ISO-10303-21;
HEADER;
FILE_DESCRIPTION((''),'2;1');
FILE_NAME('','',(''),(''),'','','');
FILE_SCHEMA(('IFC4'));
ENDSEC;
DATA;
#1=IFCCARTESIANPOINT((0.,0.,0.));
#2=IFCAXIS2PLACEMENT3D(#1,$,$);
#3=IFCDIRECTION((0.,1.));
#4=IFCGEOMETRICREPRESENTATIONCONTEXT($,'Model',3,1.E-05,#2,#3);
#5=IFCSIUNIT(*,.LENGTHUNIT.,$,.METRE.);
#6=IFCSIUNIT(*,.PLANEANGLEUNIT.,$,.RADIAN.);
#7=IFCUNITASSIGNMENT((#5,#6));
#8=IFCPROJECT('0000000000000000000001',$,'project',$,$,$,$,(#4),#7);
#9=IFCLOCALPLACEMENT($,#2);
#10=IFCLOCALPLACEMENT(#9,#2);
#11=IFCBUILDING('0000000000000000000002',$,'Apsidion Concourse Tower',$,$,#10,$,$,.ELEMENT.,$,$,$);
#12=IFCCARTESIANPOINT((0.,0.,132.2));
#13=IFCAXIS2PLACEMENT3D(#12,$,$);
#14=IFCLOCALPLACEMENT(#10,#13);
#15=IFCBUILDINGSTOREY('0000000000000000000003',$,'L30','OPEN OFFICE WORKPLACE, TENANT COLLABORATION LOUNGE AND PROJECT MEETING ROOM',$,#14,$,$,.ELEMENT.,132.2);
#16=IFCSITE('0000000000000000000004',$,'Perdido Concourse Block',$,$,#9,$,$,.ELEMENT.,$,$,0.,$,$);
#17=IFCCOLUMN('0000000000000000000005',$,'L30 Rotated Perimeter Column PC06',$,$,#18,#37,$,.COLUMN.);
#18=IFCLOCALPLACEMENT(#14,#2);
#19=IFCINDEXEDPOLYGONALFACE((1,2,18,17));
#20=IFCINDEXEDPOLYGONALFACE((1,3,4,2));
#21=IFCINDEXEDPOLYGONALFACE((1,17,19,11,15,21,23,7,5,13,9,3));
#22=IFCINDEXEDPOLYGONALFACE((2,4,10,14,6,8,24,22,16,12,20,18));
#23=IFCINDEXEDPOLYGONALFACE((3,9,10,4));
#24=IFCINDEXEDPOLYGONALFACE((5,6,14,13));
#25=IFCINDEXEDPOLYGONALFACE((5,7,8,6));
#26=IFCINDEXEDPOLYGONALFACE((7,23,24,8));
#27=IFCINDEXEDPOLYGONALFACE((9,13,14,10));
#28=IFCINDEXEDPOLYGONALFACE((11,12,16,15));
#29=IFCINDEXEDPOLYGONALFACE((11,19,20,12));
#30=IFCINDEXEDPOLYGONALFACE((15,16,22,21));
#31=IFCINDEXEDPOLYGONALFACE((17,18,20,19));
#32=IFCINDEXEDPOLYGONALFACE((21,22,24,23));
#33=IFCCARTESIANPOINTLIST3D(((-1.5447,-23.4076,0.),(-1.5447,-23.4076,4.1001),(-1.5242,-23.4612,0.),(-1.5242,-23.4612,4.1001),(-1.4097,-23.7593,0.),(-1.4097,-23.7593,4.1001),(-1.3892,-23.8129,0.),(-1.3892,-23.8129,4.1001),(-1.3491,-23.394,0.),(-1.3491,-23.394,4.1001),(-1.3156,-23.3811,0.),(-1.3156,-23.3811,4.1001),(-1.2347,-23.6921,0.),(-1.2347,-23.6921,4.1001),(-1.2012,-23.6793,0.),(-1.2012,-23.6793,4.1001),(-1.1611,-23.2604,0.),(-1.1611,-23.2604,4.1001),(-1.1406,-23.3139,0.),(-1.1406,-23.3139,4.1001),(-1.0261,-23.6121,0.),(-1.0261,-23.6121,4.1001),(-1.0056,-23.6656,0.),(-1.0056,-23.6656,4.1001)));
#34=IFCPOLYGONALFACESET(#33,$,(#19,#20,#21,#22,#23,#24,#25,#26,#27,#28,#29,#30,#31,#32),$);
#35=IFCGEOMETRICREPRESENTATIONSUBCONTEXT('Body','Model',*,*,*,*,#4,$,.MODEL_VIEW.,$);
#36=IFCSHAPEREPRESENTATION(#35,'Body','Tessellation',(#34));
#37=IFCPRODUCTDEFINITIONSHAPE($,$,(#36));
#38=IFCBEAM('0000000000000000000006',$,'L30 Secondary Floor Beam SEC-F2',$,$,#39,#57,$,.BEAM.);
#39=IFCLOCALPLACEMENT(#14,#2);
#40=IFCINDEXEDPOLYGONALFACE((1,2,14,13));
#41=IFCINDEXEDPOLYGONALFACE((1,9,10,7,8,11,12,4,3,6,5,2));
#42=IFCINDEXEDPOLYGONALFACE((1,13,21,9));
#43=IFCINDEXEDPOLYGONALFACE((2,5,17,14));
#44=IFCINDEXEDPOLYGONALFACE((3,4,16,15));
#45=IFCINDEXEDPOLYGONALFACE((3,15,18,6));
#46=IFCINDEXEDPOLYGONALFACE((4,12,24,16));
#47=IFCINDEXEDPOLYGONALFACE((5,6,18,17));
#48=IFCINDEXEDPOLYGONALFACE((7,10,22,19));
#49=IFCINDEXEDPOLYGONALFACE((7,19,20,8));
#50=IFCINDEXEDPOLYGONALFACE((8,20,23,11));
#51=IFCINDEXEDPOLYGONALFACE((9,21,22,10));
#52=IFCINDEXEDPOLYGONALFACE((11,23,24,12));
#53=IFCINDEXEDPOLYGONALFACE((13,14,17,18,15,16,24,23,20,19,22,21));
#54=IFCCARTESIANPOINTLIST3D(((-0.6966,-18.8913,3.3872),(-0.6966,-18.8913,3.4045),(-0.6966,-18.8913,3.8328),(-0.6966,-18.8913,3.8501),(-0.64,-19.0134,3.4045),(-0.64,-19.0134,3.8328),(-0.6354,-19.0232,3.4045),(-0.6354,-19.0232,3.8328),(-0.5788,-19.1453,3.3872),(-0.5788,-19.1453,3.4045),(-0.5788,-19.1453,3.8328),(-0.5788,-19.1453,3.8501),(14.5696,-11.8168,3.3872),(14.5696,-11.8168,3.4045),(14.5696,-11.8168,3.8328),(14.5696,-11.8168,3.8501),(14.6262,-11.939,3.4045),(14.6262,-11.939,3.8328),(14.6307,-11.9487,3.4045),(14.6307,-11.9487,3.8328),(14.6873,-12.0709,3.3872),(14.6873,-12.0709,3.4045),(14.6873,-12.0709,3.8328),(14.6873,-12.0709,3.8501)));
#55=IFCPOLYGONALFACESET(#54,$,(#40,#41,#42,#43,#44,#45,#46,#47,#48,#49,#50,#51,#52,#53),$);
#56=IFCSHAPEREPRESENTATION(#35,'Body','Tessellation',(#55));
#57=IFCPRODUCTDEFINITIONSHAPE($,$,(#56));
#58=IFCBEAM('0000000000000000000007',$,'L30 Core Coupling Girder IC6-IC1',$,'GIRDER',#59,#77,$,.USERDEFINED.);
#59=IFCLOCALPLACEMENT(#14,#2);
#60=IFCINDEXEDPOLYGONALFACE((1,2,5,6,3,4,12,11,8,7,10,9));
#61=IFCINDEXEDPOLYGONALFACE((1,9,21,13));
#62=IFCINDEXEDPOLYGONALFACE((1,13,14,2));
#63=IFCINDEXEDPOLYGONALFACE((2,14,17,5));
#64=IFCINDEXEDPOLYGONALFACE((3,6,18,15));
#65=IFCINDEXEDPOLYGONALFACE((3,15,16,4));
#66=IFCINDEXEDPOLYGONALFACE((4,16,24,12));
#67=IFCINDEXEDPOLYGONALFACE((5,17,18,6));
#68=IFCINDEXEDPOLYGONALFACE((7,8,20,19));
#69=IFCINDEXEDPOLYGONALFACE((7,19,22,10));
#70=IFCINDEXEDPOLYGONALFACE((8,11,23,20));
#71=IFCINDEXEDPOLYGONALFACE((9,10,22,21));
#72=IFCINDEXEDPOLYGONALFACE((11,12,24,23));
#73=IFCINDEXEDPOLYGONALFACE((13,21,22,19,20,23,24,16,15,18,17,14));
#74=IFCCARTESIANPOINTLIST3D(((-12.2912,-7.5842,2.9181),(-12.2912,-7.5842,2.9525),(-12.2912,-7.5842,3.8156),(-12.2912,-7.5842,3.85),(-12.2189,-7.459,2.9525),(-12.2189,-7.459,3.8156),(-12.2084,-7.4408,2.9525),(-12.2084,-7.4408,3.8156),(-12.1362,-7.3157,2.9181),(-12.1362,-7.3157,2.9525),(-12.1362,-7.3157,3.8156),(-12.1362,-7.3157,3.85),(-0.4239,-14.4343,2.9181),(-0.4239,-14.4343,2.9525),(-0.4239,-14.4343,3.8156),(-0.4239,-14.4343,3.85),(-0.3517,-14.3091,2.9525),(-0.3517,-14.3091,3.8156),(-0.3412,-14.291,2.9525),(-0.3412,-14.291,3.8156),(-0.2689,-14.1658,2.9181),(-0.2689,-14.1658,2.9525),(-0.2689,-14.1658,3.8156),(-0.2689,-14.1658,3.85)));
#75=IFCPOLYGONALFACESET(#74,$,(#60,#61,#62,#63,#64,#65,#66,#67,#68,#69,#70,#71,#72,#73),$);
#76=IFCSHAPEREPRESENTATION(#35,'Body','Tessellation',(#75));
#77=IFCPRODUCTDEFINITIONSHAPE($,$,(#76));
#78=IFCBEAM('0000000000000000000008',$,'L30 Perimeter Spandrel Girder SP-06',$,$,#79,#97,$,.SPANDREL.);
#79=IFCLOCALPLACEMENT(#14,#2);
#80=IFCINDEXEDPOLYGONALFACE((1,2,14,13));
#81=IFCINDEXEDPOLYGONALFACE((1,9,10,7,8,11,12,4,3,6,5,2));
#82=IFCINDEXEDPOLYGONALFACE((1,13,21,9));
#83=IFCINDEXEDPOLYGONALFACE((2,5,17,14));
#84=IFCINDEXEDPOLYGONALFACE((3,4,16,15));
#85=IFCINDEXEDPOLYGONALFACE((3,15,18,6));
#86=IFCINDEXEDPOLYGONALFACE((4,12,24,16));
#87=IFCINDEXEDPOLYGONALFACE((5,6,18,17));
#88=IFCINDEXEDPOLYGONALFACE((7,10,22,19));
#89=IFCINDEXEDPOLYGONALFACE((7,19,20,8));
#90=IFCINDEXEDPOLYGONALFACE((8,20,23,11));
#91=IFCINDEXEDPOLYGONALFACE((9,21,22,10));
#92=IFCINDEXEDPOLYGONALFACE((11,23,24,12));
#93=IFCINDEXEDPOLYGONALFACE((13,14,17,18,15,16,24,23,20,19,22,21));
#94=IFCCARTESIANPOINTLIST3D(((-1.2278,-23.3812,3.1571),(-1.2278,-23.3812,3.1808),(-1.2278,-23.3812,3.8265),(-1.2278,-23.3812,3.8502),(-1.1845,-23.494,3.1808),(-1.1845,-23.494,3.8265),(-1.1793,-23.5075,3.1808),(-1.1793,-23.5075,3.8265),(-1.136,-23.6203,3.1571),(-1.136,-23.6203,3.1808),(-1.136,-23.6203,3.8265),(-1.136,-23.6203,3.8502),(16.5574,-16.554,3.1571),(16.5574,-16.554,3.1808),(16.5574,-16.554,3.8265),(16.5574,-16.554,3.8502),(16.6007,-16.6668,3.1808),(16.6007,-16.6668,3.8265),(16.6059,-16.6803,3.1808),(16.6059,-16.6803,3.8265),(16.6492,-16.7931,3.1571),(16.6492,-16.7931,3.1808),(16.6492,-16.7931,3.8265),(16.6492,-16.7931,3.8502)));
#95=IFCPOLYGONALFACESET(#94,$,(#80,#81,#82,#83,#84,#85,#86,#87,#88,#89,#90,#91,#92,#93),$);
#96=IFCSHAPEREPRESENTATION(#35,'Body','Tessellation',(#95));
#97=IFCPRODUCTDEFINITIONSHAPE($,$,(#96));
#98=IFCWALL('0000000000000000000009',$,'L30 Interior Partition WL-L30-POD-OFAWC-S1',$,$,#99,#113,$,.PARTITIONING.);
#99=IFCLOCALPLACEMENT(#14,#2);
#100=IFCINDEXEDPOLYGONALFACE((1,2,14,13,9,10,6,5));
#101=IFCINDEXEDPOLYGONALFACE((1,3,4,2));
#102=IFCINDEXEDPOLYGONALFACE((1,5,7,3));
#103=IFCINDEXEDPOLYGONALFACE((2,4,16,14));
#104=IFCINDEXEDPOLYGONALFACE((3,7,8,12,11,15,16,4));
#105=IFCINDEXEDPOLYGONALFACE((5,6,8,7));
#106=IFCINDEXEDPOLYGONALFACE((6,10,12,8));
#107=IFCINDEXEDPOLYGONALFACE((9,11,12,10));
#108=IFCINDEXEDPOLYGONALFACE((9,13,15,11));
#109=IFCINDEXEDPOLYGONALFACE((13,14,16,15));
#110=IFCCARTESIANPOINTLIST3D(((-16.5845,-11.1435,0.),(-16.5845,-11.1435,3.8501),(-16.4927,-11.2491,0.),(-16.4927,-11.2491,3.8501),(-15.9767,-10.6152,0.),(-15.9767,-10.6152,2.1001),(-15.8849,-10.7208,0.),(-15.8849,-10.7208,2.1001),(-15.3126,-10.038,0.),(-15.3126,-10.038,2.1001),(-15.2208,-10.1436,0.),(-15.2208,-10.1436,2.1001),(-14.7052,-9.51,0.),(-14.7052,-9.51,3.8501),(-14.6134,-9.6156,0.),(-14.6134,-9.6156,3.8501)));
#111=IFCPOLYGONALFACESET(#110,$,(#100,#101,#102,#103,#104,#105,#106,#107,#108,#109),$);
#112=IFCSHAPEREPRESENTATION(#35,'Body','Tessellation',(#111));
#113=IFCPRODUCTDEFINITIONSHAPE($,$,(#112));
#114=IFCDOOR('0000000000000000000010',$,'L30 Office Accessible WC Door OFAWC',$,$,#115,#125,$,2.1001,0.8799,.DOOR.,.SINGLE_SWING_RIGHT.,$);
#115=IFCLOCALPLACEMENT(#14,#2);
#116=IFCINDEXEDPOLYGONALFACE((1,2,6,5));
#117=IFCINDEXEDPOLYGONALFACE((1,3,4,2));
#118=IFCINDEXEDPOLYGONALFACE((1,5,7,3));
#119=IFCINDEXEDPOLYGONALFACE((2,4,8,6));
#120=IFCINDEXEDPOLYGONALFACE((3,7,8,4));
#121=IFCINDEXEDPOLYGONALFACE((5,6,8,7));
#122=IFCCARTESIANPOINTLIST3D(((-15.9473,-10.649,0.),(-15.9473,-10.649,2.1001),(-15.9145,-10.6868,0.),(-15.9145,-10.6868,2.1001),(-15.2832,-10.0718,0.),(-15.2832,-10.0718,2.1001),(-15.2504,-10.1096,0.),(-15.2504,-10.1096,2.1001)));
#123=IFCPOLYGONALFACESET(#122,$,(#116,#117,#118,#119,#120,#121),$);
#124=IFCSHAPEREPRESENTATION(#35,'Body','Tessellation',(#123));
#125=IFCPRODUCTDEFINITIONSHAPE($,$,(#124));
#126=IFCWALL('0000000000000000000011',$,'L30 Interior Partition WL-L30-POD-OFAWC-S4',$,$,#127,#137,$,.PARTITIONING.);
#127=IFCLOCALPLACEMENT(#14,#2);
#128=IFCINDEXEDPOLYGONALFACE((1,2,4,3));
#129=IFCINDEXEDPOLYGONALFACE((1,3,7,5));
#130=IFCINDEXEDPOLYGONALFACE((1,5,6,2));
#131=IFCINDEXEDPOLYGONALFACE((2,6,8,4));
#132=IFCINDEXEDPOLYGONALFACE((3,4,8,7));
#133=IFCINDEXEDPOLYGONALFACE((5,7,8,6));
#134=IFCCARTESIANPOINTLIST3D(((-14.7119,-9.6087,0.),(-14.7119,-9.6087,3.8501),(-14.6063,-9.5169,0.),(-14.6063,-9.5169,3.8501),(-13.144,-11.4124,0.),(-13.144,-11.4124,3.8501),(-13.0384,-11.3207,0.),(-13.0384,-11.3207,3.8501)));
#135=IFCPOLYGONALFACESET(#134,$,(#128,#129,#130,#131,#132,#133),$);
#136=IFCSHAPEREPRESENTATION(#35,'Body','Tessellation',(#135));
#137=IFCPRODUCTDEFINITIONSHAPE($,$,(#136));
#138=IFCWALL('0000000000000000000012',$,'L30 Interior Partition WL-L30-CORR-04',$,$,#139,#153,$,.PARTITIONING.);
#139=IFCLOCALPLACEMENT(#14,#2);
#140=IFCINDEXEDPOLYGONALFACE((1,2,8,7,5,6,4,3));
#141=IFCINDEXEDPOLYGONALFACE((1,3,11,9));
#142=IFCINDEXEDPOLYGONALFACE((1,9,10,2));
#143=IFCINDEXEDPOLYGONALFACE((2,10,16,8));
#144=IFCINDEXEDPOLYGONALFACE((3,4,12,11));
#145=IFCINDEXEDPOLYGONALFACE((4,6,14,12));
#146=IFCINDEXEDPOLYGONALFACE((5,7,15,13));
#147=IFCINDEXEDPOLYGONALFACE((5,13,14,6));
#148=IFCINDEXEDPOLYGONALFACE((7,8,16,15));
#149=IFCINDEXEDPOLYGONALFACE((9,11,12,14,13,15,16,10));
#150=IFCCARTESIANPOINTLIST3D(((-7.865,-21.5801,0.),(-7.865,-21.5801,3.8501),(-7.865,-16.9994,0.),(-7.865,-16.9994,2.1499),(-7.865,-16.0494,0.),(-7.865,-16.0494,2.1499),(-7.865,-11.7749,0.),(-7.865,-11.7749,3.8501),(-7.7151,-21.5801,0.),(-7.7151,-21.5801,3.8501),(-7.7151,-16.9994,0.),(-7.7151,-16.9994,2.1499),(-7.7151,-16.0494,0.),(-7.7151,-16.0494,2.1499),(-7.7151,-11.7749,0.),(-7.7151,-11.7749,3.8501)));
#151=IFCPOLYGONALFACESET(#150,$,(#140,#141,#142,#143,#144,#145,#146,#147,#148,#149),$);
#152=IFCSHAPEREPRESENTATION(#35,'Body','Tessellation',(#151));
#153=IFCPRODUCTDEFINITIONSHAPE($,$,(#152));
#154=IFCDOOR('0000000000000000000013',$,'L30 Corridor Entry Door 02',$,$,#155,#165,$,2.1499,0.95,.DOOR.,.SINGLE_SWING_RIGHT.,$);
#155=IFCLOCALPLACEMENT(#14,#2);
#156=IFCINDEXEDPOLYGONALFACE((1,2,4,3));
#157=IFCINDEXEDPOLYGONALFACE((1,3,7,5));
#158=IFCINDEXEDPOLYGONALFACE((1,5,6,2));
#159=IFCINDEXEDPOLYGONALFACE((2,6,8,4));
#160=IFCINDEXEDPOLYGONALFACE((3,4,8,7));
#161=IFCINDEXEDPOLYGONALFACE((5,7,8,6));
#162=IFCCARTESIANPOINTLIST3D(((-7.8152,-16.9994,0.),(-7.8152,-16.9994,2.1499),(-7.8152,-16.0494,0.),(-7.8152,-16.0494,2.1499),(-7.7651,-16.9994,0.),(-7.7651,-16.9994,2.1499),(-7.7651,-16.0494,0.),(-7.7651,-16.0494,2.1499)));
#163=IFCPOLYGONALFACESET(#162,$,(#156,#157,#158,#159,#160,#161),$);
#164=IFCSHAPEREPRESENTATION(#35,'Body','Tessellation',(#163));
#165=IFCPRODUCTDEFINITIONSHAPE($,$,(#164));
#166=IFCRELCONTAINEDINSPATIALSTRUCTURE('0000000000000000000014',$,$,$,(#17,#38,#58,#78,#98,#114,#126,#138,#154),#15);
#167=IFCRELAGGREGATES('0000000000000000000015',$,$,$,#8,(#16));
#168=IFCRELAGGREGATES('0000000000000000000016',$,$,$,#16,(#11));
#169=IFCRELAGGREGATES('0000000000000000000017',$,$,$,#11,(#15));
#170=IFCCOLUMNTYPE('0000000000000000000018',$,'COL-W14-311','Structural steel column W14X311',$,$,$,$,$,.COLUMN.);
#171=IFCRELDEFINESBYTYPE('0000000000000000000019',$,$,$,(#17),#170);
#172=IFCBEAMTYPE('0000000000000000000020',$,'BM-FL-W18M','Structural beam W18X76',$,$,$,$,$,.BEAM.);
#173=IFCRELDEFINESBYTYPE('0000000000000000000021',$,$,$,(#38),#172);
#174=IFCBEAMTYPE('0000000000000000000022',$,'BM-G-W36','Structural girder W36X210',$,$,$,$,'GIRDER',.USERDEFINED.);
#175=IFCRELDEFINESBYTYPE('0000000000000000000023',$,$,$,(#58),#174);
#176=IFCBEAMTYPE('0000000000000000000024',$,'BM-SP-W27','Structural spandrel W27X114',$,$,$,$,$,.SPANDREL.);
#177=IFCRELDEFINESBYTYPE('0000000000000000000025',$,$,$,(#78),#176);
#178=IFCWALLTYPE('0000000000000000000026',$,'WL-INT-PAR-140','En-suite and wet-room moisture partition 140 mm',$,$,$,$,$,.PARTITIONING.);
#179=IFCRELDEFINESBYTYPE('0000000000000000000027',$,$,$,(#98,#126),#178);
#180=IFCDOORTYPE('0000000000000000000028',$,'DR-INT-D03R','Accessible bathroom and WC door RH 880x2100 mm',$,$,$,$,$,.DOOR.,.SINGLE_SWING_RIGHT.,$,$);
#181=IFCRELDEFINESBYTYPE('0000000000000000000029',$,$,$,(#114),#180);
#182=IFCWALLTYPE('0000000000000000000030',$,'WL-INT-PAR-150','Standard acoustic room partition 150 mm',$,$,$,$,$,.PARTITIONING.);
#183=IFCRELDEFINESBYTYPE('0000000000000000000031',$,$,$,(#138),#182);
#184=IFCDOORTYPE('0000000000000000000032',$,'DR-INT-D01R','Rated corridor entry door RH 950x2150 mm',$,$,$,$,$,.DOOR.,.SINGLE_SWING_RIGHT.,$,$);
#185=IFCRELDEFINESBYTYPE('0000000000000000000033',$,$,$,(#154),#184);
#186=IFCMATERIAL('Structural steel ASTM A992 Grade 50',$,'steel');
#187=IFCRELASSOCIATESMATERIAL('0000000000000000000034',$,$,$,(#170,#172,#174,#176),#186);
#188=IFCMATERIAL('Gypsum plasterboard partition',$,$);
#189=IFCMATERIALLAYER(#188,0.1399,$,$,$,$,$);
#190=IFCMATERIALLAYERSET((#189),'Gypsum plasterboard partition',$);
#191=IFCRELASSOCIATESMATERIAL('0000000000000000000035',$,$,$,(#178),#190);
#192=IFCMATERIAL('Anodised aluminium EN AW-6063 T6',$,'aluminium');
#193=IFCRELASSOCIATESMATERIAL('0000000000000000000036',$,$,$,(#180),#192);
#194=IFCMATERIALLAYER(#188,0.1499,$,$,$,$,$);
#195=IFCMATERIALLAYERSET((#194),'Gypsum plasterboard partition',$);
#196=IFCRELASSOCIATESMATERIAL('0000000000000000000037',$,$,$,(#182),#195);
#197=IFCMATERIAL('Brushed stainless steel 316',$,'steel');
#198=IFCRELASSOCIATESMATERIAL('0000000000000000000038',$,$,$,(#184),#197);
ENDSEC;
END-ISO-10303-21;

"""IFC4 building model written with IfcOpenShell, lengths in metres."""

from ifc_helpers import new_model, si_unit, direction, frame, frame_2d, origin, origin_2d, place, context, subcontext, project, spatial, rectangle, i_section, extrude, material, layer, layer_set, material_profile, profile_set, type_object, element, fill, save


model = new_model("IFC4")

# Units and contexts
model_context = context("Model", 3, precision=1e-05, world=origin(), true_north=direction((0.0, 1.0)))
body_context = subcontext(model_context, "Body", "Model", "MODEL_VIEW")
ifc_project = project(units=[si_unit("LENGTHUNIT", "METRE"), si_unit("PLANEANGLEUNIT", "RADIAN")], contexts=[model_context])

# Site, building, storey
site_placement = place(None, origin())
site = spatial("IfcSite", under=ifc_project, at=site_placement, Name="Perdido Concourse Block", CompositionType="ELEMENT", RefElevation=0.0)
building_placement = place(site_placement, origin())
building = spatial("IfcBuilding", under=site, at=building_placement, Name="Apsidion Concourse Tower", CompositionType="ELEMENT")
storey_placement = place(building_placement, frame((0.0, 0.0, 132.2)))
storey = spatial("IfcBuildingStorey", under=building, at=storey_placement, Name="L30", Description="OPEN OFFICE WORKPLACE, TENANT COLLABORATION LOUNGE AND PROJECT MEETING ROOM", CompositionType="ELEMENT", Elevation=132.2)

# Column
ifc_material_1 = material(Name="Structural steel ASTM A992 Grade 50", Category="steel")
ifc_material_profile_1 = material_profile(ifc_material_1, i_section(OverallWidth=0.4109, OverallDepth=0.4341, WebThickness=0.0359, FlangeThickness=0.0574, at=origin_2d()), Name="W14X311")
ifc_profile_set_1 = profile_set([ifc_material_profile_1], Name="Structural steel ASTM A992 Grade 50")
column_type = type_object("IfcColumnType", Name="COL-W14-311", Description="Structural steel column W14X311", PredefinedType="COLUMN", material=ifc_profile_set_1)
column_placement = place(storey_placement, frame((-1.2751, -23.5366, 0.0), z_axis=(0.0, 0.0, 1.0), x_axis=(0.93358, 0.358368, 0.0)))
element("IfcColumn", 1, at=column_placement, inside=storey, type_object=column_type, Name="L30 Rotated Perimeter Column PC06", PredefinedType="COLUMN", context=body_context, shape_type="SweptSolid", body=[
    extrude(i_section(OverallWidth=0.4109, OverallDepth=0.4341, WebThickness=0.0359, FlangeThickness=0.0574, at=origin_2d()), origin(), (0.0, 0.0, 1.0), 4.1001),
])

# Beams
ifc_material_profile_2 = material_profile(ifc_material_1, i_section(OverallWidth=0.28, OverallDepth=0.4629, WebThickness=0.0107, FlangeThickness=0.0173, at=origin_2d()), Name="W18X76")
ifc_profile_set_2 = profile_set([ifc_material_profile_2], Name="Structural steel ASTM A992 Grade 50")
beam_type_1 = type_object("IfcBeamType", Name="BM-FL-W18M", Description="Structural beam W18X76", PredefinedType="BEAM", material=ifc_profile_set_2)
beam_1_placement = place(storey_placement, frame((-0.6377, -19.0183, 3.6187), z_axis=(0.907312, 0.420457, 0.0), x_axis=(-0.420457, 0.907312, 0.0)))
element("IfcBeam", 2, at=beam_1_placement, inside=storey, type_object=beam_type_1, Name="L30 Secondary Floor Beam SEC-F2", PredefinedType="BEAM", context=body_context, shape_type="SweptSolid", body=[
    extrude(i_section(OverallWidth=0.28, OverallDepth=0.4629, WebThickness=0.0107, FlangeThickness=0.0173, at=origin_2d()), origin(), (0.0, 0.0, 1.0), 16.8257),
])
ifc_material_profile_3 = material_profile(ifc_material_1, i_section(OverallWidth=0.3101, OverallDepth=0.9319, WebThickness=0.021, FlangeThickness=0.0344, at=origin_2d()), Name="W36X210")
ifc_profile_set_3 = profile_set([ifc_material_profile_3], Name="Structural steel ASTM A992 Grade 50")
beam_type_2 = type_object("IfcBeamType", Name="BM-G-W36", Description="Structural girder W36X210", ElementType="GIRDER", PredefinedType="USERDEFINED", material=ifc_profile_set_3)
beam_2_placement = place(storey_placement, frame((-0.3464, -14.3, 3.384), z_axis=(-0.86607, 0.499922, 0.0), x_axis=(-0.499922, -0.86607, 0.0)))
element("IfcBeam", 3, at=beam_2_placement, inside=storey, type_object=beam_type_2, Name="L30 Core Coupling Girder IC6-IC1", ObjectType="GIRDER", PredefinedType="USERDEFINED", context=body_context, shape_type="SweptSolid", body=[
    extrude(i_section(OverallWidth=0.3101, OverallDepth=0.9319, WebThickness=0.021, FlangeThickness=0.0344, at=origin_2d()), origin(), (0.0, 0.0, 1.0), 13.7024),
])
ifc_material_profile_4 = material_profile(ifc_material_1, i_section(OverallWidth=0.2561, OverallDepth=0.6931, WebThickness=0.0144, FlangeThickness=0.0237, at=origin_2d()), Name="W27X114")
ifc_profile_set_4 = profile_set([ifc_material_profile_4], Name="Structural steel ASTM A992 Grade 50")
beam_type_3 = type_object("IfcBeamType", Name="BM-SP-W27", Description="Structural spandrel W27X114", PredefinedType="SPANDREL", material=ifc_profile_set_4)
beam_3_placement = place(storey_placement, frame((-1.1819, -23.5007, 3.5037), z_axis=(0.933579, 0.358371, 0.0), x_axis=(-0.358371, 0.933579, 0.0)))
element("IfcBeam", 4, at=beam_3_placement, inside=storey, type_object=beam_type_3, Name="L30 Perimeter Spandrel Girder SP-06", PredefinedType="SPANDREL", context=body_context, shape_type="SweptSolid", body=[
    extrude(i_section(OverallWidth=0.2561, OverallDepth=0.6931, WebThickness=0.0144, FlangeThickness=0.0237, at=origin_2d()), origin(), (0.0, 0.0, 1.0), 19.0505),
])

# Wall, opening, door
ifc_material_2 = material(Name="Gypsum plasterboard partition")
ifc_layer_1 = layer(ifc_material_2, 0.1399)
ifc_layer_set_1 = layer_set([ifc_layer_1], Name="Gypsum plasterboard partition")
wall_type_1 = type_object("IfcWallType", Name="WL-INT-PAR-140", Description="En-suite and wet-room moisture partition 140 mm", PredefinedType="PARTITIONING", material=ifc_layer_set_1)
wall_1_placement = place(storey_placement, frame((-14.6592, -9.5627, 0.0), z_axis=(0.0, 0.0, 1.0), x_axis=(-0.754747, -0.656016, 0.0)))
wall_1 = element("IfcWall", 5, at=wall_1_placement, inside=storey, type_object=wall_type_1, Name="L30 Interior Partition WL-L30-POD-OFAWC-S1", PredefinedType="PARTITIONING", context=body_context, shape_type="SweptSolid", body=[
    extrude(rectangle(XDim=2.49, YDim=0.1399, at=frame_2d((1.2451, 0.0))), origin(), (0.0, 0.0, 1.0), 3.8501),
])
opening_1_placement = place(wall_1_placement, frame((0.8049, 0.0, 0.0)))
opening_1 = element("IfcOpeningElement", 6, at=opening_1_placement, cuts=wall_1, PredefinedType="OPENING", context=body_context, shape_type="SweptSolid", body=[
    extrude(rectangle(XDim=0.8799, YDim=2.1001, at=frame_2d((0.4399, 1.05))), frame((0.0, 0.0801, 0.0), z_axis=(0.0, -1.0, 0.0), x_axis=(1.0, 0.0, 0.0)), (0.0, 0.0, 1.0), 0.1599),
])
ifc_material_3 = material(Name="Anodised aluminium EN AW-6063 T6", Category="aluminium")
door_type_1 = type_object("IfcDoorType", Name="DR-INT-D03R", Description="Accessible bathroom and WC door RH 880x2100 mm", OperationType="SINGLE_SWING_RIGHT", PredefinedType="DOOR", material=ifc_material_3)
door_1_placement = place(opening_1_placement, origin())
door_1 = element("IfcDoor", 7, at=door_1_placement, inside=storey, type_object=door_type_1, Name="L30 Office Accessible WC Door OFAWC", OperationType="SINGLE_SWING_RIGHT", OverallHeight=2.1001, OverallWidth=0.8799, PredefinedType="DOOR", context=body_context, shape_type="SweptSolid", body=[
    extrude(rectangle(XDim=0.8799, YDim=2.1001, at=frame_2d((0.4399, 1.05))), frame((0.0, 0.0249, 0.0), z_axis=(0.0, -1.0, 0.0), x_axis=(1.0, 0.0, 0.0)), (0.0, 0.0, 1.0), 0.05),
])
fill(opening_1, door_1)

# Wall
wall_2_placement = place(storey_placement, frame((-13.0913, -11.3665, 0.0), z_axis=(0.0, 0.0, 1.0), x_axis=(-0.656042, 0.754724, 0.0)))
element("IfcWall", 8, at=wall_2_placement, inside=storey, type_object=wall_type_1, Name="L30 Interior Partition WL-L30-POD-OFAWC-S4", PredefinedType="PARTITIONING", context=body_context, shape_type="SweptSolid", body=[
    extrude(rectangle(XDim=2.3899, YDim=0.1399, at=frame_2d((1.1948, 0.0))), origin(), (0.0, 0.0, 1.0), 3.8501),
])

# Wall, opening, door
ifc_layer_2 = layer(ifc_material_2, 0.1499)
ifc_layer_set_2 = layer_set([ifc_layer_2], Name="Gypsum plasterboard partition")
wall_type_2 = type_object("IfcWallType", Name="WL-INT-PAR-150", Description="Standard acoustic room partition 150 mm", PredefinedType="PARTITIONING", material=ifc_layer_set_2)
wall_3_placement = place(storey_placement, frame((-7.79, -11.7749, 0.0), z_axis=(0.0, 0.0, 1.0), x_axis=(0.0, -1.0, 0.0)))
wall_3 = element("IfcWall", 9, at=wall_3_placement, inside=storey, type_object=wall_type_2, Name="L30 Interior Partition WL-L30-CORR-04", PredefinedType="PARTITIONING", context=body_context, shape_type="SweptSolid", body=[
    extrude(rectangle(XDim=9.8052, YDim=0.1499, at=frame_2d((4.9026, 0.0))), origin(), (0.0, 0.0, 1.0), 3.8501),
])
opening_2_placement = place(wall_3_placement, frame((4.2744, 0.0, 0.0)))
opening_2 = element("IfcOpeningElement", 10, at=opening_2_placement, cuts=wall_3, PredefinedType="OPENING", context=body_context, shape_type="SweptSolid", body=[
    extrude(rectangle(XDim=0.95, YDim=2.1499, at=frame_2d((0.4751, 1.075))), frame((0.0, 0.085, 0.0), z_axis=(0.0, -1.0, 0.0), x_axis=(1.0, 0.0, 0.0)), (0.0, 0.0, 1.0), 0.1699),
])
ifc_material_4 = material(Name="Brushed stainless steel 316", Category="steel")
door_type_2 = type_object("IfcDoorType", Name="DR-INT-D01R", Description="Rated corridor entry door RH 950x2150 mm", OperationType="SINGLE_SWING_RIGHT", PredefinedType="DOOR", material=ifc_material_4)
door_2_placement = place(opening_2_placement, origin())
door_2 = element("IfcDoor", 11, at=door_2_placement, inside=storey, type_object=door_type_2, Name="L30 Corridor Entry Door 02", OperationType="SINGLE_SWING_RIGHT", OverallHeight=2.1499, OverallWidth=0.95, PredefinedType="DOOR", context=body_context, shape_type="SweptSolid", body=[
    extrude(rectangle(XDim=0.95, YDim=2.1499, at=frame_2d((0.4751, 1.075))), frame((0.0, 0.0249, 0.0), z_axis=(0.0, -1.0, 0.0), x_axis=(1.0, 0.0, 0.0)), (0.0, 0.0, 1.0), 0.05),
])
fill(opening_2, door_2)

save(model, "model.ifc")
